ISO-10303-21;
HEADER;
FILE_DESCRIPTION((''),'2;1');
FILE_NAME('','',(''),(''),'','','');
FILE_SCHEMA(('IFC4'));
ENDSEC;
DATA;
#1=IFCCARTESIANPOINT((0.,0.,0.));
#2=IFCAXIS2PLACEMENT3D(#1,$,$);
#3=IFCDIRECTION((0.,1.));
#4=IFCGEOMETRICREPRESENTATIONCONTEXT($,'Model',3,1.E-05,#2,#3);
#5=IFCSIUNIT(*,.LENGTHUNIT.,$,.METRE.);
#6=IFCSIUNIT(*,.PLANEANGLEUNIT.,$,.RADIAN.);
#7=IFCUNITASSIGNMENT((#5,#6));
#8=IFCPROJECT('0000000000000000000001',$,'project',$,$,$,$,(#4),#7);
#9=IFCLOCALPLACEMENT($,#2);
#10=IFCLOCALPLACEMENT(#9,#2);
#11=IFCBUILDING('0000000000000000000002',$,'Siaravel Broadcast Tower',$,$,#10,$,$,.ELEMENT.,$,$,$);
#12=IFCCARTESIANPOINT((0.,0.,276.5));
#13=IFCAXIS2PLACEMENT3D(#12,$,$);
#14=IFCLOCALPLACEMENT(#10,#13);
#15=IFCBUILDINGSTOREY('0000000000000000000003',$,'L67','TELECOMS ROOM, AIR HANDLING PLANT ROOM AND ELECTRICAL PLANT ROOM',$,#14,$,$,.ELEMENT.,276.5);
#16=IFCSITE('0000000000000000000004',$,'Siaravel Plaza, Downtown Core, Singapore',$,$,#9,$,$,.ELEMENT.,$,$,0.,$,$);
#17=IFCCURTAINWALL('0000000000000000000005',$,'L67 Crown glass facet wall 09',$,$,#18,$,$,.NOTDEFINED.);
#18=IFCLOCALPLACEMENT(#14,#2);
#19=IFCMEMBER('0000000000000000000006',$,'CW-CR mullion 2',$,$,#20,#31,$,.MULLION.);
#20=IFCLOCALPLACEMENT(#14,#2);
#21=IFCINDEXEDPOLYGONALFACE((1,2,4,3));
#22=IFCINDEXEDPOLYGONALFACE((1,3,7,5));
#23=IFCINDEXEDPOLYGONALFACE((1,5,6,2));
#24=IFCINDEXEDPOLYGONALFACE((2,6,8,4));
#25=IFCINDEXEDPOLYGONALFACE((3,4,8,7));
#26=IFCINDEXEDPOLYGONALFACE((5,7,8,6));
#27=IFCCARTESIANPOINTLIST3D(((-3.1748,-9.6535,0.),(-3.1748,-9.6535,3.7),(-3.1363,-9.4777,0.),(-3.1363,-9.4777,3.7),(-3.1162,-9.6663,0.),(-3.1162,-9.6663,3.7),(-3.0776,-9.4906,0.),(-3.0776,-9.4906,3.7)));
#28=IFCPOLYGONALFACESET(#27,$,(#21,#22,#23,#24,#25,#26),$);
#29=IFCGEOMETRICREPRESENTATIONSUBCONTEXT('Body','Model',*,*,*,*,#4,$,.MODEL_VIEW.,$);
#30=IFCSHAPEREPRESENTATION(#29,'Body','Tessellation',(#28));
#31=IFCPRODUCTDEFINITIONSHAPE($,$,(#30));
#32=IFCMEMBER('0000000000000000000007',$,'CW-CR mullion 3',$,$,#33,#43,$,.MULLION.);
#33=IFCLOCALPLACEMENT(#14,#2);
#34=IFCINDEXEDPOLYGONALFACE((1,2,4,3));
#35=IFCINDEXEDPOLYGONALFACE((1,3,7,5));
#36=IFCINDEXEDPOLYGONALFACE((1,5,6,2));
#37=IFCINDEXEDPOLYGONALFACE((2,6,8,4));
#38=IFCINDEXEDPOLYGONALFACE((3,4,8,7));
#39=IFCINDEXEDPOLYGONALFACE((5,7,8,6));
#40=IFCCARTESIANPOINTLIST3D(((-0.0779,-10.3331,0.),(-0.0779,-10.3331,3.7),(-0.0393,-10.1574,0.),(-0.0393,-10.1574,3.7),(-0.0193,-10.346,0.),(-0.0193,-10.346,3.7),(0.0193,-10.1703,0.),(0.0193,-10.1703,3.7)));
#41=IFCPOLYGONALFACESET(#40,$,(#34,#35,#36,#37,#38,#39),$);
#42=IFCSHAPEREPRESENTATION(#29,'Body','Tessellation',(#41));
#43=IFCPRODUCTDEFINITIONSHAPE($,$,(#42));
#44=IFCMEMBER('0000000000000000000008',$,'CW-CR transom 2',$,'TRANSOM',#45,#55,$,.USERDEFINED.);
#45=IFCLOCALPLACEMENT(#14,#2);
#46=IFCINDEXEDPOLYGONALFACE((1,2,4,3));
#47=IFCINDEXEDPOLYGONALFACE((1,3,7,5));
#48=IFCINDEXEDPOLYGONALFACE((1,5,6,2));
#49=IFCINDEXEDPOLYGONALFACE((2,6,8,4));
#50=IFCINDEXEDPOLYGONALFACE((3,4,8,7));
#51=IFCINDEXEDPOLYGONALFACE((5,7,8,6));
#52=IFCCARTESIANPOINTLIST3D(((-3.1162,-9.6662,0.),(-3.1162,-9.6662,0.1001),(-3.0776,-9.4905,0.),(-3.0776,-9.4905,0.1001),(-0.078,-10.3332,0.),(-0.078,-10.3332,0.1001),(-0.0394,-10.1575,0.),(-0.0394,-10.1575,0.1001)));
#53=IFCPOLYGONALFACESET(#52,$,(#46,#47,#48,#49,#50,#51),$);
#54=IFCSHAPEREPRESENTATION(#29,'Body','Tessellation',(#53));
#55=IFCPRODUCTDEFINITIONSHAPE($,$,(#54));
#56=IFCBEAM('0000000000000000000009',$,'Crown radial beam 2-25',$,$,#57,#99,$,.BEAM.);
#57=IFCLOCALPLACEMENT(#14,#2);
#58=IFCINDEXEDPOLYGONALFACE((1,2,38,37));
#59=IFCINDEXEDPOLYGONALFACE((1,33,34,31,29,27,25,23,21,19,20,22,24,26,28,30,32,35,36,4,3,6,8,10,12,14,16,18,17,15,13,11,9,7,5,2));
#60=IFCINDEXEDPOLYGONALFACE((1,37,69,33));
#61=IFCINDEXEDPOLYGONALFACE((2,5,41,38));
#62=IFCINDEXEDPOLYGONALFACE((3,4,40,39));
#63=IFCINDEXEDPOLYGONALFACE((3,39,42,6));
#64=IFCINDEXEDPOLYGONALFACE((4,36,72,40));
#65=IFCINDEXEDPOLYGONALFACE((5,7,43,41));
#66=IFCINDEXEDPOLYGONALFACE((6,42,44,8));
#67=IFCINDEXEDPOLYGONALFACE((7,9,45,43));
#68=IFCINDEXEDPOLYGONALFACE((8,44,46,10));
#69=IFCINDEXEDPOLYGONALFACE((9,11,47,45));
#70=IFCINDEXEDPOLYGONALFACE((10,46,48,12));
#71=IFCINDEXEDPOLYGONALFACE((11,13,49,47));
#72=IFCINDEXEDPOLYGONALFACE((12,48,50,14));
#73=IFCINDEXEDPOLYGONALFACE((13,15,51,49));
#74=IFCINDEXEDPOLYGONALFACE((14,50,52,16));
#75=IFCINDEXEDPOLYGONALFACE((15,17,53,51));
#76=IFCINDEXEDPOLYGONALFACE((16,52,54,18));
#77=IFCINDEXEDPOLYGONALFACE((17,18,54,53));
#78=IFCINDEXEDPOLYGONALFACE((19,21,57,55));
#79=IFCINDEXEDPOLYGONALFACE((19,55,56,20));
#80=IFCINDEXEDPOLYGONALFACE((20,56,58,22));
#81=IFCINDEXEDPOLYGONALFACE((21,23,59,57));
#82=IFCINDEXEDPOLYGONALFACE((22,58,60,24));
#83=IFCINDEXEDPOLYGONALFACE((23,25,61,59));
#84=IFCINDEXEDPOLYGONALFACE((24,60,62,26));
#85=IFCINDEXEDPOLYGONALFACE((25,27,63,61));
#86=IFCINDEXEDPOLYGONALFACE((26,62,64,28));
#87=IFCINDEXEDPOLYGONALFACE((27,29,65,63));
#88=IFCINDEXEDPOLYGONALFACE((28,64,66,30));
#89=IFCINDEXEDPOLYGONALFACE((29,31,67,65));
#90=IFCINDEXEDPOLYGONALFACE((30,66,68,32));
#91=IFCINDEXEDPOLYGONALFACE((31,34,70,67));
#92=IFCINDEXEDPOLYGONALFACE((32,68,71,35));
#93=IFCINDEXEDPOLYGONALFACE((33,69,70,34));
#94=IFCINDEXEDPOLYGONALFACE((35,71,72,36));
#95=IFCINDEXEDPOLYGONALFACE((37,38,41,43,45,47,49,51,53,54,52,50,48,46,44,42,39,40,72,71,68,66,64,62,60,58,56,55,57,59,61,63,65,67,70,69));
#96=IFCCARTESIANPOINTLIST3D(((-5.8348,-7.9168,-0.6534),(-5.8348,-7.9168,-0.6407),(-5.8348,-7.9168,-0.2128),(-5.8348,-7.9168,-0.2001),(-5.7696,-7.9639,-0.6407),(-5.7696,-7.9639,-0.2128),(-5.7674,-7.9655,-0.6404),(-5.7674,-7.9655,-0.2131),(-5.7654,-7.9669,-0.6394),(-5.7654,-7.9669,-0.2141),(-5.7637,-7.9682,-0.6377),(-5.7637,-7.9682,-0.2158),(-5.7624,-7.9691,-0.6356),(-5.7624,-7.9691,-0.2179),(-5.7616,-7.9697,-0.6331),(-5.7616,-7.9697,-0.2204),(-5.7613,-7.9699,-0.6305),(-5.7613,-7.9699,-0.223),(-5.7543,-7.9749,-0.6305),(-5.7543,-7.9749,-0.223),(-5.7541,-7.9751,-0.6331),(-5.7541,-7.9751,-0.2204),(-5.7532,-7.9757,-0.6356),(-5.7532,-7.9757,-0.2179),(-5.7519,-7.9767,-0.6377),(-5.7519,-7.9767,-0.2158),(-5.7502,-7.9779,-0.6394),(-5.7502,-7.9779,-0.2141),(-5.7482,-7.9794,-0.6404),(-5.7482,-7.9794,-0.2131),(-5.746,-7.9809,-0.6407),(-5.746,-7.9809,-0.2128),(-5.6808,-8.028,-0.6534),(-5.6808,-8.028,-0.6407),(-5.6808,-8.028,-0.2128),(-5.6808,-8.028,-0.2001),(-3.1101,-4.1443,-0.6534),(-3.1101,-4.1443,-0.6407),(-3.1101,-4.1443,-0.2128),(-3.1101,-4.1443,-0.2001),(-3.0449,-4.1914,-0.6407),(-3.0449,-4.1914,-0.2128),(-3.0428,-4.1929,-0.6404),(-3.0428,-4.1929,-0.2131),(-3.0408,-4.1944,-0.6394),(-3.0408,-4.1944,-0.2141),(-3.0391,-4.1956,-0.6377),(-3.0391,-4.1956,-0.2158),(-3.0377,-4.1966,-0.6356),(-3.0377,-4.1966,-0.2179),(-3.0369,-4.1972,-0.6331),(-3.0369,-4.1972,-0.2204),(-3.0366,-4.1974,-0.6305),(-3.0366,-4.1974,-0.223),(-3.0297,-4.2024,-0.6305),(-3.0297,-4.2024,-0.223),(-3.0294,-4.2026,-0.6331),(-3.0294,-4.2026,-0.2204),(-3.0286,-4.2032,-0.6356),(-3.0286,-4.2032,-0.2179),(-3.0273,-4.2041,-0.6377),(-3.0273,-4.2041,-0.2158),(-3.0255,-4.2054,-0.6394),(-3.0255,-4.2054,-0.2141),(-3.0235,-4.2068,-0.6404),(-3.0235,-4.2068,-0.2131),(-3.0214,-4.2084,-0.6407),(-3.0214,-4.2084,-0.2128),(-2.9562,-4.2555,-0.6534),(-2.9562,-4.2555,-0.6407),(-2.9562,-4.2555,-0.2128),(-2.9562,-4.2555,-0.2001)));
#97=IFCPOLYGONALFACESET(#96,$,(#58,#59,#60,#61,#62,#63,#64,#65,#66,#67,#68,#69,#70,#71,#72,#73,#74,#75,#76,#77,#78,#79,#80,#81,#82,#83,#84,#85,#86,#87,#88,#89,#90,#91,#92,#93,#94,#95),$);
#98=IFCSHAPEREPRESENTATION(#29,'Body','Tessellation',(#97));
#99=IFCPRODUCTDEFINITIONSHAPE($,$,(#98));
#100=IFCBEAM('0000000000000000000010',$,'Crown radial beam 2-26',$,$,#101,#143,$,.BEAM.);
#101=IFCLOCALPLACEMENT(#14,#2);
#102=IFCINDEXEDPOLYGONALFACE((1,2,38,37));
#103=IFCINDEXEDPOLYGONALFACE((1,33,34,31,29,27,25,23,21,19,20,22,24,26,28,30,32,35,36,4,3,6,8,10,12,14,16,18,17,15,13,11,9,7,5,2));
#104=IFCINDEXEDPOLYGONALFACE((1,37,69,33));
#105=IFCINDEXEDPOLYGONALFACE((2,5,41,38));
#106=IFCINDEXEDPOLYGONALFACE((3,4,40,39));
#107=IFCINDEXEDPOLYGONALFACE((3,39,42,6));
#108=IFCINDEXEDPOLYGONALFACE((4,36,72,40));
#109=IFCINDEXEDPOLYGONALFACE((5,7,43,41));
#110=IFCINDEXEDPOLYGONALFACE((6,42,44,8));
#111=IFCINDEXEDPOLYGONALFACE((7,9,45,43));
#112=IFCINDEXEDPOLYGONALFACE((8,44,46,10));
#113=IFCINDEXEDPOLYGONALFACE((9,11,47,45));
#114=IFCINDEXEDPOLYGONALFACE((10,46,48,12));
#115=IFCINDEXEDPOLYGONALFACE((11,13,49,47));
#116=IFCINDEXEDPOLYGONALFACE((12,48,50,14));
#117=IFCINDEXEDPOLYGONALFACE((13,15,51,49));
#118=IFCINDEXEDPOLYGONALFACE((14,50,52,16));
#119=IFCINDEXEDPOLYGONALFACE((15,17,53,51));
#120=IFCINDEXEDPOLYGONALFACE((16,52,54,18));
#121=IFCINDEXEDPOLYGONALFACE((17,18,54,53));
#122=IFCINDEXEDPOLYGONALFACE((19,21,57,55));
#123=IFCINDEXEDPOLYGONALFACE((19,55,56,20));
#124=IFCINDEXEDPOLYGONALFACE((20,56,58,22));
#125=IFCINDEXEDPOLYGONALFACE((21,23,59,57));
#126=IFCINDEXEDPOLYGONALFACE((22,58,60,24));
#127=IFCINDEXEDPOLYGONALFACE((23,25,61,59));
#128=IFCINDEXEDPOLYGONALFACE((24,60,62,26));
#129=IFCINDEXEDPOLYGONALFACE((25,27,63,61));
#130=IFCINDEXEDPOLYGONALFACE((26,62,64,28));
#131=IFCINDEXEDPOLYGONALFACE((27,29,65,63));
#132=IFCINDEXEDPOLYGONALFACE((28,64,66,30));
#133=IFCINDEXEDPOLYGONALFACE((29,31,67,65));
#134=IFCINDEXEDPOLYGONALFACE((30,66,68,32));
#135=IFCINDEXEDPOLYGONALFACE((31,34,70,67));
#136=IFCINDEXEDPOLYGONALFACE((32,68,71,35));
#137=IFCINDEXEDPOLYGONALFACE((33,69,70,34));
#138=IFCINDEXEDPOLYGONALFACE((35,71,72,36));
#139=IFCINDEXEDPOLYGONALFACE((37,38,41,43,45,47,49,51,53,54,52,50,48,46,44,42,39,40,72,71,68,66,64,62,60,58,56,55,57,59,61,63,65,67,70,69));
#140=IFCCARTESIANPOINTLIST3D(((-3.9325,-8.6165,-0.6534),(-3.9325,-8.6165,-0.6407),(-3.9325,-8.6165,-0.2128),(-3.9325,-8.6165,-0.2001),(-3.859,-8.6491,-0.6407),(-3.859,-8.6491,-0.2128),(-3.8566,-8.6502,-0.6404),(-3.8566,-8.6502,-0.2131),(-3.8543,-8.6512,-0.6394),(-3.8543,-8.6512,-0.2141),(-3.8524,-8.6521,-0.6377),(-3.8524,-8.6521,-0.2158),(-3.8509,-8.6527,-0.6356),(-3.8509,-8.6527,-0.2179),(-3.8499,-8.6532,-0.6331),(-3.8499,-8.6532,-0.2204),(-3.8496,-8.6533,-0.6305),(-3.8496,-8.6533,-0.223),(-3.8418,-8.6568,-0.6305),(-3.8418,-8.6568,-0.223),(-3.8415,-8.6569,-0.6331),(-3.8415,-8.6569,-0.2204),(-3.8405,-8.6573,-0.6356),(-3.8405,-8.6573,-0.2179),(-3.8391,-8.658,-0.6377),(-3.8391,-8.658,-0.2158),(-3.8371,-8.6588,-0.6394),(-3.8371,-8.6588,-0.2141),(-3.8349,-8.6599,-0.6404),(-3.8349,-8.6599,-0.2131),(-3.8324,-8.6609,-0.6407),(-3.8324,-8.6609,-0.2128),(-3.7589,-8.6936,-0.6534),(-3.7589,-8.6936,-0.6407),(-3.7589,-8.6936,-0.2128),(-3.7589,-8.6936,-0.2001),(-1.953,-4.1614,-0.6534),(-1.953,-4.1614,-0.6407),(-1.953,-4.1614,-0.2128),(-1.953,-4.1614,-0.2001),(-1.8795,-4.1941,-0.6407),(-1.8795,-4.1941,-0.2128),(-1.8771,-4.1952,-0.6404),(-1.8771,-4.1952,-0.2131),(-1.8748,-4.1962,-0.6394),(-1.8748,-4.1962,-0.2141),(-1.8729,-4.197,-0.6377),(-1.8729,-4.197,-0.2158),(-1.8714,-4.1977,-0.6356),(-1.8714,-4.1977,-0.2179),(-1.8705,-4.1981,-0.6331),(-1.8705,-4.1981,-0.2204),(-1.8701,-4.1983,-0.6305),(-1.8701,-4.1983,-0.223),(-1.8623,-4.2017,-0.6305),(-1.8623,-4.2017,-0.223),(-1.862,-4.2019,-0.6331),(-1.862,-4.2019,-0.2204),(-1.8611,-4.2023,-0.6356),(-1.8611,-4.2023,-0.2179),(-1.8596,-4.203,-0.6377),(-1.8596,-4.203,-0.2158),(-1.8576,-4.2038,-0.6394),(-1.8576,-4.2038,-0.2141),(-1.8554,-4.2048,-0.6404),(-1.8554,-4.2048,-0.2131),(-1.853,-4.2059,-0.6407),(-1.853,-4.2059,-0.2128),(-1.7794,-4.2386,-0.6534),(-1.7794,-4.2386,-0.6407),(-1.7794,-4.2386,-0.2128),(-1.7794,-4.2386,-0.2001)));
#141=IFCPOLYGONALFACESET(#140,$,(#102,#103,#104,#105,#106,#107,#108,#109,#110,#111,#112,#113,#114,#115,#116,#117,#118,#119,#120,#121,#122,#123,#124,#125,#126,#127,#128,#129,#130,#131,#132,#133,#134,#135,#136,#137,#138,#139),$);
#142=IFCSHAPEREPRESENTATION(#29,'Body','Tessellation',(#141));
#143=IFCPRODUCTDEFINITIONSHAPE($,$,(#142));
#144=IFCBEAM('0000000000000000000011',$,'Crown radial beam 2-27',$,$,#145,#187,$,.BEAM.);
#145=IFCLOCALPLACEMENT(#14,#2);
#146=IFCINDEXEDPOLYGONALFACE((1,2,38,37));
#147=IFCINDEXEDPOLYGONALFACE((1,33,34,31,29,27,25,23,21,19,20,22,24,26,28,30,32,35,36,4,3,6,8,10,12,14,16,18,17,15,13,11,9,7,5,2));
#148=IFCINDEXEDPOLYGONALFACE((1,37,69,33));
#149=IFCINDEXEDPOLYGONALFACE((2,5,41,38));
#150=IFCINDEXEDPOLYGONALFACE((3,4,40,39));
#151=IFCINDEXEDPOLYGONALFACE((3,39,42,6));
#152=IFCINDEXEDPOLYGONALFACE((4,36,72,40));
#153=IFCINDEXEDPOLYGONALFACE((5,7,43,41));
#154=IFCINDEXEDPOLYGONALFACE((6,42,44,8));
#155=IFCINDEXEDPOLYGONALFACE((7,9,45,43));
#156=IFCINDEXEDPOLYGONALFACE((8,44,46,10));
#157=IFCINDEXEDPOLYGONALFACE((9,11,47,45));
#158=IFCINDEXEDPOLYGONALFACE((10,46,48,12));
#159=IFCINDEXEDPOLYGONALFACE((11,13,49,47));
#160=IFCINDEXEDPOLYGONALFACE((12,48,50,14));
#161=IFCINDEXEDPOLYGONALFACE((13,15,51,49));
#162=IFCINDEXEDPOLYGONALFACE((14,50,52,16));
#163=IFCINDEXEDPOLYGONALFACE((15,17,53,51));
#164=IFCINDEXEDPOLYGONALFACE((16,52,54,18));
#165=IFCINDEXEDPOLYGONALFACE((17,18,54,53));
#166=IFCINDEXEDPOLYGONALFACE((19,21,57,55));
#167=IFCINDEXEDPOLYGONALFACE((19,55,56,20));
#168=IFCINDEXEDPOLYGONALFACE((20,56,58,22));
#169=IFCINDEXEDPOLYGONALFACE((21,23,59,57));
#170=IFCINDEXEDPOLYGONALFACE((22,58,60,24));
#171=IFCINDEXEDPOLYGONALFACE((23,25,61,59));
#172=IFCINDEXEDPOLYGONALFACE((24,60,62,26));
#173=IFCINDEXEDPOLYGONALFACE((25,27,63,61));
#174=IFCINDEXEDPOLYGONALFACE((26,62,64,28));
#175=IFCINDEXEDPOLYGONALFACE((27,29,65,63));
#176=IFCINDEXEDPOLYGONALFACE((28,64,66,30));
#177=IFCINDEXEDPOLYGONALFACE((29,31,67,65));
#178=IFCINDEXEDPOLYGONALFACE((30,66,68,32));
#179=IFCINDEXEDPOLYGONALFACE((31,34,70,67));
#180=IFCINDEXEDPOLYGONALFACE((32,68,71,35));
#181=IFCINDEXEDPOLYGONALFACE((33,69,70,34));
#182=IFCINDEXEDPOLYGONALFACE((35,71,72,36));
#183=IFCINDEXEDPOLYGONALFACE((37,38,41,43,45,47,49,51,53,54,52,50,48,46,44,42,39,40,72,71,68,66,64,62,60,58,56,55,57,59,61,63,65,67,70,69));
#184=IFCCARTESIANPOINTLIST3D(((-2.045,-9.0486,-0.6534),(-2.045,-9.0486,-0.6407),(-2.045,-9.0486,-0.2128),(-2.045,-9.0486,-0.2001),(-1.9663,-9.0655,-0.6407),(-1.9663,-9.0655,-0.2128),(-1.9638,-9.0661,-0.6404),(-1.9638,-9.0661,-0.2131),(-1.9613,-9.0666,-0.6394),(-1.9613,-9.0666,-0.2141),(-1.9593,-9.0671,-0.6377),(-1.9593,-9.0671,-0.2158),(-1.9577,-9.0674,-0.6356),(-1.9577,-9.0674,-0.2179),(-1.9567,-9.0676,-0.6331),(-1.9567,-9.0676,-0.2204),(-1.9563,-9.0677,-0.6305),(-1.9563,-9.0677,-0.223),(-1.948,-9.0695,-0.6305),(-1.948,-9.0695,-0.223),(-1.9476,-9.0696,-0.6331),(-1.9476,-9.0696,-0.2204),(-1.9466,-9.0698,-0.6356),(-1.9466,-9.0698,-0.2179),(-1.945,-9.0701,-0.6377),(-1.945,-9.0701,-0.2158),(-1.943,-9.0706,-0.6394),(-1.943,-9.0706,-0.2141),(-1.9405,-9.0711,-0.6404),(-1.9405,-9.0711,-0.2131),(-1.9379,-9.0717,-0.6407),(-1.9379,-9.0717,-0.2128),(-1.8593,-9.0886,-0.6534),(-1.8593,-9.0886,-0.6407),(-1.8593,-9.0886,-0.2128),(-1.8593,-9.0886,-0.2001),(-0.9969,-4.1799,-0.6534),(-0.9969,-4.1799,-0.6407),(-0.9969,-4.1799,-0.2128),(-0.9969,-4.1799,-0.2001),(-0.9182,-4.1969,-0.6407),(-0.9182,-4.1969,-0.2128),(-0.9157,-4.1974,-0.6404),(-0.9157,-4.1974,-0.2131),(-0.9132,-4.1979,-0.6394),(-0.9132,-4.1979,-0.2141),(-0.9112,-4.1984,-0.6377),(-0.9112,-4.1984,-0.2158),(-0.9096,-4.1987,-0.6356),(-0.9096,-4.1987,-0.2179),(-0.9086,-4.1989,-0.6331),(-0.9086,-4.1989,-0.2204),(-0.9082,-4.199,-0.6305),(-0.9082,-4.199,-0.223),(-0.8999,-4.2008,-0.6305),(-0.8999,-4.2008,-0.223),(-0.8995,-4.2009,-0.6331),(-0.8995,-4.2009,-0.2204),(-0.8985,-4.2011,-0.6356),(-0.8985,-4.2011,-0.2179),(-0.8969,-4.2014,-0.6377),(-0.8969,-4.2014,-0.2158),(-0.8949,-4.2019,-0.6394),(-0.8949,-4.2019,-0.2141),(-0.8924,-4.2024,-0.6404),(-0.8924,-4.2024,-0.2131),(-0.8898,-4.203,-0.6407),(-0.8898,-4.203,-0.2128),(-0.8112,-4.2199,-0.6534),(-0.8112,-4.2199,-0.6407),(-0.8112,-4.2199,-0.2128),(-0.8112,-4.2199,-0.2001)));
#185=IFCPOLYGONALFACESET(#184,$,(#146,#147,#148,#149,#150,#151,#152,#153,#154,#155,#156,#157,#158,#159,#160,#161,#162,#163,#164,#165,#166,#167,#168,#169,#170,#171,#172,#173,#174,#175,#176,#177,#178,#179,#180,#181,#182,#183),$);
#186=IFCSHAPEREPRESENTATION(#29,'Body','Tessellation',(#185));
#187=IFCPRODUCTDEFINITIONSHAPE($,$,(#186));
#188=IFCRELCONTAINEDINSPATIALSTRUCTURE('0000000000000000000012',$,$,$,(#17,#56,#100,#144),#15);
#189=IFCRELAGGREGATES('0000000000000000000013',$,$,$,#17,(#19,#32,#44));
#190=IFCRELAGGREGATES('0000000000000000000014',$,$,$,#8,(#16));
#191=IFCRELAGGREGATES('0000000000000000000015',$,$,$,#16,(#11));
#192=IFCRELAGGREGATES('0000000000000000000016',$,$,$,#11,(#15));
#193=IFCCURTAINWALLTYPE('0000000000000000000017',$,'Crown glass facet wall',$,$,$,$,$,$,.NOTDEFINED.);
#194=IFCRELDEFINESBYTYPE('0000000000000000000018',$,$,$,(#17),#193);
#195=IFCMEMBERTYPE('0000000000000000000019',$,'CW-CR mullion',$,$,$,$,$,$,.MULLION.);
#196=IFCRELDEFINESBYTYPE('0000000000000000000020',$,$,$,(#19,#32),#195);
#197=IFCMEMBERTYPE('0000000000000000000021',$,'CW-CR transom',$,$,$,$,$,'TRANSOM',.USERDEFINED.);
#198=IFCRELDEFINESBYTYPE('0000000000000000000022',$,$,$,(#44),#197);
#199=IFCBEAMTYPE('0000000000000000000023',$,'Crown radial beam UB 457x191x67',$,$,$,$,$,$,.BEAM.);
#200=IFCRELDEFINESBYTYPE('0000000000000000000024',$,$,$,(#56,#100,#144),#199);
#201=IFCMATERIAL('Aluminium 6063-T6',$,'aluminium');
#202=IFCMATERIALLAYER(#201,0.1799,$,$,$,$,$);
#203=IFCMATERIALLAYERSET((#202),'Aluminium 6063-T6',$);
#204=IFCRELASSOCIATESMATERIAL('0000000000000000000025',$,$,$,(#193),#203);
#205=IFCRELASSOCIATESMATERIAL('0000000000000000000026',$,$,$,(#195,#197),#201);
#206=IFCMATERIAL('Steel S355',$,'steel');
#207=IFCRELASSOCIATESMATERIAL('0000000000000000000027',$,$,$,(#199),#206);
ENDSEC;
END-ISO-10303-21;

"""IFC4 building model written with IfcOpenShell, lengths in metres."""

from ifc_helpers import new_model, si_unit, direction, frame, origin, origin_2d, place, context, subcontext, project, spatial, rectangle, i_section, extrude, material, layer, layer_set, material_profile, profile_set, type_object, element, aggregate, save


model = new_model("IFC4")

# Units and contexts
model_context = context("Model", 3, precision=1e-05, world=origin(), true_north=direction((0.0, 1.0)))
body_context = subcontext(model_context, "Body", "Model", "MODEL_VIEW")
ifc_project = project(units=[si_unit("LENGTHUNIT", "METRE"), si_unit("PLANEANGLEUNIT", "RADIAN")], contexts=[model_context])

# Site, building, storey
site_placement = place(None, origin())
site = spatial("IfcSite", under=ifc_project, at=site_placement, Name="Siaravel Plaza, Downtown Core, Singapore", CompositionType="ELEMENT", RefElevation=0.0)
building_placement = place(site_placement, origin())
building = spatial("IfcBuilding", under=site, at=building_placement, Name="Siaravel Broadcast Tower", CompositionType="ELEMENT")
storey_placement = place(building_placement, frame((0.0, 0.0, 276.5)))
storey = spatial("IfcBuildingStorey", under=building, at=storey_placement, Name="L67", Description="TELECOMS ROOM, AIR HANDLING PLANT ROOM AND ELECTRICAL PLANT ROOM", CompositionType="ELEMENT", Elevation=276.5)

# Curtain wall, members
ifc_material_1 = material(Name="Aluminium 6063-T6", Category="aluminium")
ifc_layer_1 = layer(ifc_material_1, 0.1799)
ifc_layer_set_1 = layer_set([ifc_layer_1], Name="Aluminium 6063-T6")
curtain_wall_type = type_object("IfcCurtainWallType", Name="Crown glass facet wall", PredefinedType="NOTDEFINED", material=ifc_layer_set_1)
curtain_wall_placement = place(storey_placement, origin())
curtain_wall = element("IfcCurtainWall", 1, at=curtain_wall_placement, inside=storey, type_object=curtain_wall_type, Name="L67 Crown glass facet wall 09", PredefinedType="NOTDEFINED")
ifc_material_profile_1 = material_profile(ifc_material_1, rectangle(XDim=0.1799, YDim=0.0601, at=origin_2d()))
ifc_profile_set_1 = profile_set([ifc_material_profile_1], Name="Aluminium 6063-T6")
member_type_1 = type_object("IfcMemberType", Name="CW-CR mullion", PredefinedType="MULLION", material=ifc_profile_set_1)
member_1_placement = place(storey_placement, frame((-3.1262, -9.572, 0.0), z_axis=(0.0, 0.0, 1.0), x_axis=(0.214394, 0.976747, 0.0)))
member_1 = element("IfcMember", 2, at=member_1_placement, type_object=member_type_1, Name="CW-CR mullion 2", PredefinedType="MULLION", context=body_context, shape_type="SweptSolid", body=[
    extrude(rectangle(XDim=0.1799, YDim=0.0601, at=origin_2d()), origin(), (0.0, 0.0, 1.0), 3.7),
])
member_2_placement = place(storey_placement, frame((-0.0293, -10.2517, 0.0), z_axis=(0.0, 0.0, 1.0), x_axis=(0.214394, 0.976747, 0.0)))
member_2 = element("IfcMember", 3, at=member_2_placement, type_object=member_type_1, Name="CW-CR mullion 3", PredefinedType="MULLION", context=body_context, shape_type="SweptSolid", body=[
    extrude(rectangle(XDim=0.1799, YDim=0.0601, at=origin_2d()), origin(), (0.0, 0.0, 1.0), 3.7),
])
ifc_material_profile_2 = material_profile(ifc_material_1, rectangle(XDim=0.1799, YDim=0.1001, at=origin_2d()))
ifc_profile_set_2 = profile_set([ifc_material_profile_2], Name="Aluminium 6063-T6")
member_type_2 = type_object("IfcMemberType", Name="CW-CR transom", ElementType="TRANSOM", PredefinedType="USERDEFINED", material=ifc_profile_set_2)
member_3_placement = place(storey_placement, frame((-3.0969, -9.5784, 0.05), z_axis=(0.976742, -0.21442, 0.0), x_axis=(0.21442, 0.976742, 0.0)))
member_3 = element("IfcMember", 4, at=member_3_placement, type_object=member_type_2, Name="CW-CR transom 2", ObjectType="TRANSOM", PredefinedType="USERDEFINED", context=body_context, shape_type="SweptSolid", body=[
    extrude(rectangle(XDim=0.1799, YDim=0.1001, at=origin_2d()), origin(), (0.0, 0.0, 1.0), 3.1106),
])

# Beams
ifc_material_2 = material(Name="Steel S355", Category="steel")
ifc_material_profile_3 = material_profile(ifc_material_2, i_section(OverallWidth=0.1899, OverallDepth=0.4534, WebThickness=0.0085, FlangeThickness=0.0127, FilletRadius=0.0103, at=origin_2d()))
ifc_profile_set_3 = profile_set([ifc_material_profile_3], Name="Steel S355")
beam_type_1 = type_object("IfcBeamType", Name="Crown radial beam UB 457x191x67", PredefinedType="BEAM", material=ifc_profile_set_3)
beam_1_placement = place(storey_placement, frame((-5.7578, -7.9724, -0.4268), z_axis=(0.585498, 0.810674, 0.0), x_axis=(-0.810674, 0.585498, 0.0)))
element("IfcBeam", 5, at=beam_1_placement, inside=storey, type_object=beam_type_1, Name="Crown radial beam 2-25", PredefinedType="BEAM", context=body_context, shape_type="SweptSolid", body=[
    extrude(i_section(OverallWidth=0.1899, OverallDepth=0.4534, WebThickness=0.0085, FlangeThickness=0.0127, FilletRadius=0.0103, at=origin_2d()), origin(), (0.0, 0.0, 1.0), 4.6536),
])
beam_2_placement = place(storey_placement, frame((-3.8457, -8.655, -0.4268), z_axis=(0.406046, 0.913853, 0.0), x_axis=(-0.913853, 0.406046, 0.0)))
element("IfcBeam", 6, at=beam_2_placement, inside=storey, type_object=beam_type_1, Name="Crown radial beam 2-26", PredefinedType="BEAM", context=body_context, shape_type="SweptSolid", body=[
    extrude(i_section(OverallWidth=0.1899, OverallDepth=0.4534, WebThickness=0.0085, FlangeThickness=0.0127, FilletRadius=0.0103, at=origin_2d()), origin(), (0.0, 0.0, 1.0), 4.875),
])
beam_3_placement = place(storey_placement, frame((-1.9521, -9.0686, -0.4268), z_axis=(0.210453, 0.977604, 0.0), x_axis=(-0.977604, 0.210453, 0.0)))
element("IfcBeam", 7, at=beam_3_placement, inside=storey, type_object=beam_type_1, Name="Crown radial beam 2-27", PredefinedType="BEAM", context=body_context, shape_type="SweptSolid", body=[
    extrude(i_section(OverallWidth=0.1899, OverallDepth=0.4534, WebThickness=0.0085, FlangeThickness=0.0127, FilletRadius=0.0103, at=origin_2d()), origin(), (0.0, 0.0, 1.0), 4.9802),
])

aggregate(curtain_wall, [member_1, member_2, member_3])

save(model, "model.ifc")
